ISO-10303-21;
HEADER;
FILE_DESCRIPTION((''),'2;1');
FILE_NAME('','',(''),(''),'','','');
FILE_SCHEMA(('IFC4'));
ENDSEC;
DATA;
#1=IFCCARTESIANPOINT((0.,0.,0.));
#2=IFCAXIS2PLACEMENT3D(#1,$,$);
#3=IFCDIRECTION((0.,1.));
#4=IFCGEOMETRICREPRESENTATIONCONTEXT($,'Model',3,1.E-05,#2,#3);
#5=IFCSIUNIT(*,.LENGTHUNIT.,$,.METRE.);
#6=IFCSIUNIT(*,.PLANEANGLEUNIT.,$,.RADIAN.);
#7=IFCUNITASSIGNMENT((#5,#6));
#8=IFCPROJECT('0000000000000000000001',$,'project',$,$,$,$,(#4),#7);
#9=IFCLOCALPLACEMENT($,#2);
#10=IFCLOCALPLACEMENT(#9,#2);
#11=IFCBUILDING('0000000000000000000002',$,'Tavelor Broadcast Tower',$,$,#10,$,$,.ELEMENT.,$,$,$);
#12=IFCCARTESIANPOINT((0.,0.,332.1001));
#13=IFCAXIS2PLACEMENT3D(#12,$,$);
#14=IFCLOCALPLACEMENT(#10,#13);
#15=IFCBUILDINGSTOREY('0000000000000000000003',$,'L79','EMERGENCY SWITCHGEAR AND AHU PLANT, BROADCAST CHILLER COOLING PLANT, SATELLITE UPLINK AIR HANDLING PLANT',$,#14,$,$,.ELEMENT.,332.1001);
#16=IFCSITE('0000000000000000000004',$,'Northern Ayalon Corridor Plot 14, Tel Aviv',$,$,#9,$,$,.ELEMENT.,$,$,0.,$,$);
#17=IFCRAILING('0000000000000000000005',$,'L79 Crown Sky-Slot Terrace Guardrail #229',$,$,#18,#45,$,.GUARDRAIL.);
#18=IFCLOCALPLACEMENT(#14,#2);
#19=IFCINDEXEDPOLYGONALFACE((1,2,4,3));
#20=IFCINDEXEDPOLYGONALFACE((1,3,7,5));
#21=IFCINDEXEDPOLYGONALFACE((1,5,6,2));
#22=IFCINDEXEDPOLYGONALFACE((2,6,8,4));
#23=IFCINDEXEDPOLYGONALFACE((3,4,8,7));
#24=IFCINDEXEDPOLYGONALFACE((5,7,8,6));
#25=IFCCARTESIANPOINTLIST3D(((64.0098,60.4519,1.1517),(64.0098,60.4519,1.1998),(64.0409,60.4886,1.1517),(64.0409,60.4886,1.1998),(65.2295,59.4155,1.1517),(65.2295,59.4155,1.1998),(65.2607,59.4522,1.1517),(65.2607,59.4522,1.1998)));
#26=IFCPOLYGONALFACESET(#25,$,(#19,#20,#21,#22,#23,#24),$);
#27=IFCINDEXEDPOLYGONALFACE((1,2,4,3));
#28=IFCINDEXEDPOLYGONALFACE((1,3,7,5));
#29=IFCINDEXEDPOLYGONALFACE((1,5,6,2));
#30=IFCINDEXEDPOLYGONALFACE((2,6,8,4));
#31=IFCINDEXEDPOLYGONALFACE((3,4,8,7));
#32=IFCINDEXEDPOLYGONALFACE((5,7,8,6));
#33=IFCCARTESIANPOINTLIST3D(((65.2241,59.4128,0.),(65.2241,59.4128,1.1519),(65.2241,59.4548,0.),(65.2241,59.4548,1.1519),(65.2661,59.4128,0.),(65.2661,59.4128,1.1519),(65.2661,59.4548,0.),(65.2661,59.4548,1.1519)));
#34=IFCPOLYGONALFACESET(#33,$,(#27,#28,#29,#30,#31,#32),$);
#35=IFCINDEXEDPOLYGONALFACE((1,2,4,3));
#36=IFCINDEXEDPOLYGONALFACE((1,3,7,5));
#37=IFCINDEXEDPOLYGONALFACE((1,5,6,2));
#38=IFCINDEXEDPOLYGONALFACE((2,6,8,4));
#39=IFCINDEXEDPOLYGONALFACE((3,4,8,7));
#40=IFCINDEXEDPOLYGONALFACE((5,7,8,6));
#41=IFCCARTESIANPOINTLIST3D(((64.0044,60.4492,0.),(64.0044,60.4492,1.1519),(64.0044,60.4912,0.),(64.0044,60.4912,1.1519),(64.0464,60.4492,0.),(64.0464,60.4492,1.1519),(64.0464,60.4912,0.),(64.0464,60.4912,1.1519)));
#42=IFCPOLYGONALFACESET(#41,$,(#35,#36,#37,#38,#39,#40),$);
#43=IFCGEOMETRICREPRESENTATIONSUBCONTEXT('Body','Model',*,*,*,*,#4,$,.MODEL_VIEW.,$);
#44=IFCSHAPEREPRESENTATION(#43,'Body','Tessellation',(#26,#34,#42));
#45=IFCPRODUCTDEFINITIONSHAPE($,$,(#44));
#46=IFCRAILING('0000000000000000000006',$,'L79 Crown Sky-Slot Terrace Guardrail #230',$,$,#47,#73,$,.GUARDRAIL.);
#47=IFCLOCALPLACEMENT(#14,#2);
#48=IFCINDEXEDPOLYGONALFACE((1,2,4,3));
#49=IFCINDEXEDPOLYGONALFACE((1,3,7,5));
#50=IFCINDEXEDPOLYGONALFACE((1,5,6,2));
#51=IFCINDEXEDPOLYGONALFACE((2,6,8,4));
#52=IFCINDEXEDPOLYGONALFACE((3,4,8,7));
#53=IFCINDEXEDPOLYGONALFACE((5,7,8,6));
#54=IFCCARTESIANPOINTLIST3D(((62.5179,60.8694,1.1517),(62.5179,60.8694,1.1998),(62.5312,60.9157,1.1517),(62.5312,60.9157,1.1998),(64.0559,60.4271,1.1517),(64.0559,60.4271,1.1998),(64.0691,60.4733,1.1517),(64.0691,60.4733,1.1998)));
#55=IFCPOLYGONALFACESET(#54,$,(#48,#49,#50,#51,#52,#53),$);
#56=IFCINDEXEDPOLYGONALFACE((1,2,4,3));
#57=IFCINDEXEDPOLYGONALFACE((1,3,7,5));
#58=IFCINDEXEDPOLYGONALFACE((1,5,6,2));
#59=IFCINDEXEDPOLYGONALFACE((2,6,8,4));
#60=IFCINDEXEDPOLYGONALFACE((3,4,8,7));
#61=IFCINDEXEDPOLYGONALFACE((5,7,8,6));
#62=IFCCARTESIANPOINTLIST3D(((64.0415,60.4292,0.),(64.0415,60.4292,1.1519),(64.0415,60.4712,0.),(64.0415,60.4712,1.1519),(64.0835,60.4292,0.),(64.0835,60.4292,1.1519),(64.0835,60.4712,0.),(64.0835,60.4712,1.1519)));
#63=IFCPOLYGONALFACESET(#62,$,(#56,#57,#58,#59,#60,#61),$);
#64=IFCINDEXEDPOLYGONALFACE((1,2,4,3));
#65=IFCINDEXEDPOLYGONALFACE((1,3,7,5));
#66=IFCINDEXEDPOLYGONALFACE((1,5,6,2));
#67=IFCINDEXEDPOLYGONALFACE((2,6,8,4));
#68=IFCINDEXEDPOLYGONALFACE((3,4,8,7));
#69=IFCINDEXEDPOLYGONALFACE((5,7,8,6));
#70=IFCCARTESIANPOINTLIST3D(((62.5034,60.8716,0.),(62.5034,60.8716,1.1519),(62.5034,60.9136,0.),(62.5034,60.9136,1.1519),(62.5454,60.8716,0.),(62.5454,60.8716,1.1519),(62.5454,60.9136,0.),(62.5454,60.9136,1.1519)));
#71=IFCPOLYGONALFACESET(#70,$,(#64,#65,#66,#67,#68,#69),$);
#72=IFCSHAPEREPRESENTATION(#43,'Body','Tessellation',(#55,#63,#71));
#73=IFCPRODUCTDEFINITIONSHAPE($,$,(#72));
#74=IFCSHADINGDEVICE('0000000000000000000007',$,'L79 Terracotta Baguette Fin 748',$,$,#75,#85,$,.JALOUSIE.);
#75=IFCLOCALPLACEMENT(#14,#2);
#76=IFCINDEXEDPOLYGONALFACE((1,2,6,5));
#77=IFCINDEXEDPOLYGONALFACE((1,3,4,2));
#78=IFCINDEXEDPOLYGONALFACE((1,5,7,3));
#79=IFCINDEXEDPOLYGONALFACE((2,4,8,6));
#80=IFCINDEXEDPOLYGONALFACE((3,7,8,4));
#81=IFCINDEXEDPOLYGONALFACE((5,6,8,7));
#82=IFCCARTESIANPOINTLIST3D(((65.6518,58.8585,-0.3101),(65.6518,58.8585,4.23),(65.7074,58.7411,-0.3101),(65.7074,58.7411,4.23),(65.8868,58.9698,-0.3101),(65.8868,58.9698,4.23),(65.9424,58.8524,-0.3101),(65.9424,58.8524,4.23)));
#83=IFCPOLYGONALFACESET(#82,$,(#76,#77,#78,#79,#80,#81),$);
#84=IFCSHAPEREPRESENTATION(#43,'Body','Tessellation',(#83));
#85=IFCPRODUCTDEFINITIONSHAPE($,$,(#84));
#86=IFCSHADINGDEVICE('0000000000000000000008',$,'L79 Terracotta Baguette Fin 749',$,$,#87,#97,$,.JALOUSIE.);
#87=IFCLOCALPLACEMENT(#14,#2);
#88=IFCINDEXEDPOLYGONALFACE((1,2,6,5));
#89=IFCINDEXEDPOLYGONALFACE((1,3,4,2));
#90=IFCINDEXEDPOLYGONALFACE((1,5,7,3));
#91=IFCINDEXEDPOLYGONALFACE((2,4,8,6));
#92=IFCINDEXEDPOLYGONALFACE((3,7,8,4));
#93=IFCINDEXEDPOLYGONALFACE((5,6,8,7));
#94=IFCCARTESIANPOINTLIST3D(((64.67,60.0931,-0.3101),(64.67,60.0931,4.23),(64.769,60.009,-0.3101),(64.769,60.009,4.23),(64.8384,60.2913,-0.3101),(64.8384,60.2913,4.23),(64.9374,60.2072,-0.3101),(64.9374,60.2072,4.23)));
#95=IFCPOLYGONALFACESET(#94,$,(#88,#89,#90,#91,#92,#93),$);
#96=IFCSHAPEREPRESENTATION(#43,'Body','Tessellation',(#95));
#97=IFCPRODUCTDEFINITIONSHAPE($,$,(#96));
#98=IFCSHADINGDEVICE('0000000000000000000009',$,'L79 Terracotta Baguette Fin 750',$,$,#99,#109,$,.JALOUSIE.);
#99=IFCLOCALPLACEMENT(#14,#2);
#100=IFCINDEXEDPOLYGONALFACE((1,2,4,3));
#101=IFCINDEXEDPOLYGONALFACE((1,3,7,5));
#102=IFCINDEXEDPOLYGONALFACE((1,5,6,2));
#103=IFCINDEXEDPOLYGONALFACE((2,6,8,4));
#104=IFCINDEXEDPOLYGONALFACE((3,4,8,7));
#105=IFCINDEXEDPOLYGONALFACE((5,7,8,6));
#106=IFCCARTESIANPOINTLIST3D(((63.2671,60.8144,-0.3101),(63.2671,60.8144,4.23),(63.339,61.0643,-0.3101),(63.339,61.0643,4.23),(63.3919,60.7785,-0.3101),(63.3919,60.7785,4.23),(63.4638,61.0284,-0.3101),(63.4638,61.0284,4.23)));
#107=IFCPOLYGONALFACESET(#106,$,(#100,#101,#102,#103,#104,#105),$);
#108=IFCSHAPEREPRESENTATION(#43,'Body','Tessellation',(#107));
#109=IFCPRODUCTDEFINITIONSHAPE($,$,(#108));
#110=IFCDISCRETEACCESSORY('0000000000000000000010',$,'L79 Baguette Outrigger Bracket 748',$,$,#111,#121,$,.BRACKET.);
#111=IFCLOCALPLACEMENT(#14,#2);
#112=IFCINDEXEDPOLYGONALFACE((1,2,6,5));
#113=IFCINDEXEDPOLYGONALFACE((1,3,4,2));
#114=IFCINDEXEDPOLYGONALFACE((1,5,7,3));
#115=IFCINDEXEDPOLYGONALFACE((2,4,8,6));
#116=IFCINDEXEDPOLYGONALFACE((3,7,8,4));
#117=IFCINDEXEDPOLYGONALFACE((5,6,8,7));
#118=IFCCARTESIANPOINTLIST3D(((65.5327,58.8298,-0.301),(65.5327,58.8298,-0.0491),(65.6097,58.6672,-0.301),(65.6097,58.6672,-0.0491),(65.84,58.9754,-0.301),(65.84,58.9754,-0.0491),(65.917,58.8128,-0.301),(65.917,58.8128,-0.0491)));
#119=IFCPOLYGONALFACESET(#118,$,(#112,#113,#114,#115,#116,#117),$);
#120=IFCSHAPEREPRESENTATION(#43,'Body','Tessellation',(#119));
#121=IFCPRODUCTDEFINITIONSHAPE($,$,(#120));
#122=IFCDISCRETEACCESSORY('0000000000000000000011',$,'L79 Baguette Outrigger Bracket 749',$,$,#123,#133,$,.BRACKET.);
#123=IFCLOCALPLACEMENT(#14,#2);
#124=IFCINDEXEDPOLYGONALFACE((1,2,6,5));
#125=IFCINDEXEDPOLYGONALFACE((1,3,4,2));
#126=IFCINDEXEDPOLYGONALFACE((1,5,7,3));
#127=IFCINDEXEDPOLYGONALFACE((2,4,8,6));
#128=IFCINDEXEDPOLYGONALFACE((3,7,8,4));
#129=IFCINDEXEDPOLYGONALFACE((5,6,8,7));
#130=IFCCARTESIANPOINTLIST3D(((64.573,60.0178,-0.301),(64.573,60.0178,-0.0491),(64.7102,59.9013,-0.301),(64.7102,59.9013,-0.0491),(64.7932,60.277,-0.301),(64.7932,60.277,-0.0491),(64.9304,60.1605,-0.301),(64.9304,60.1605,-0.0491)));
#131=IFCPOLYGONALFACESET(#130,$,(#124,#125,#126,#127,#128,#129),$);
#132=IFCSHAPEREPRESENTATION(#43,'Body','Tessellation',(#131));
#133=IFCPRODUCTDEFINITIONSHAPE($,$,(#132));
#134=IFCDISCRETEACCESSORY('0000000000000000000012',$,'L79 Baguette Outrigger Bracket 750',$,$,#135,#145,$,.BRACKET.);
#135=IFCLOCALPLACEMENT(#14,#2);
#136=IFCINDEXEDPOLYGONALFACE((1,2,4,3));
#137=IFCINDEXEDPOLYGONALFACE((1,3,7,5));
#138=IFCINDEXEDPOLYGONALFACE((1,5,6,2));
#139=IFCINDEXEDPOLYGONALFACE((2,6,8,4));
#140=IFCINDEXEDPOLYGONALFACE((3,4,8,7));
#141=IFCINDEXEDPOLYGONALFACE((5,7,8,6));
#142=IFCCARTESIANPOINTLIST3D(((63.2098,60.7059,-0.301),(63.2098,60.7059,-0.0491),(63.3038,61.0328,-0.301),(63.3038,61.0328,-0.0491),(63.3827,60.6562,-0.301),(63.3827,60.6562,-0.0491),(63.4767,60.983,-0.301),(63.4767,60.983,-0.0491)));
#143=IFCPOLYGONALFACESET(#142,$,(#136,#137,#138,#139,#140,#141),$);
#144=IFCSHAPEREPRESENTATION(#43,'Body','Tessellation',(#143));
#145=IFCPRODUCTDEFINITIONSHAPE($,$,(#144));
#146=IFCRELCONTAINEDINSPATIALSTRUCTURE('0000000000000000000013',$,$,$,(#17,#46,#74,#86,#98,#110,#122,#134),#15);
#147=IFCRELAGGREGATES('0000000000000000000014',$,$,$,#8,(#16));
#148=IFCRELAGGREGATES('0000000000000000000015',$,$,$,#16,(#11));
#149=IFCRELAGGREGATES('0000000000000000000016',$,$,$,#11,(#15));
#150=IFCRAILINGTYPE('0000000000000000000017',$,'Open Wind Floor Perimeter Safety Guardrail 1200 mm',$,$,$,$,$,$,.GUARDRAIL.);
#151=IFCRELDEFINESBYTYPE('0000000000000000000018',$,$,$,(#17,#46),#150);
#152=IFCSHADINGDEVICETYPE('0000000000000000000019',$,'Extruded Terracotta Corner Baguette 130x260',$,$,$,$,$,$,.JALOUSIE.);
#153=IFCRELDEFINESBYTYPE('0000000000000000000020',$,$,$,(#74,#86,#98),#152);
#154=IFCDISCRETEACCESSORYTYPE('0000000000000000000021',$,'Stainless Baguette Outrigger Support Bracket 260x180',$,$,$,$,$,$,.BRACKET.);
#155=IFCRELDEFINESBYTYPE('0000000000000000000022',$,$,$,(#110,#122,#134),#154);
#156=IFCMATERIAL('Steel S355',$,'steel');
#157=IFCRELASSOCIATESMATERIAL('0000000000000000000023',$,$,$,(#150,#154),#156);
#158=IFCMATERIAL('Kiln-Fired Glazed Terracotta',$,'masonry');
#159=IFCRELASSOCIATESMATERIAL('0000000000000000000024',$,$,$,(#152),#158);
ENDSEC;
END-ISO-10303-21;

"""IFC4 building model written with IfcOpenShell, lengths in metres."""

from ifc_helpers import new_model, si_unit, direction, frame, origin, origin_2d, place, context, subcontext, project, spatial, rectangle, extrude, source, transform, mapped, material, type_object, type_shapes, element, save


model = new_model("IFC4")

# Units and contexts
model_context = context("Model", 3, precision=1e-05, world=origin(), true_north=direction((0.0, 1.0)))
body_context = subcontext(model_context, "Body", "Model", "MODEL_VIEW")
ifc_project = project(units=[si_unit("LENGTHUNIT", "METRE"), si_unit("PLANEANGLEUNIT", "RADIAN")], contexts=[model_context])

# Site, building, storey
site_placement = place(None, origin())
site = spatial("IfcSite", under=ifc_project, at=site_placement, Name="Northern Ayalon Corridor Plot 14, Tel Aviv", CompositionType="ELEMENT", RefElevation=0.0)
building_placement = place(site_placement, origin())
building = spatial("IfcBuilding", under=site, at=building_placement, Name="Tavelor Broadcast Tower", CompositionType="ELEMENT")
storey_placement = place(building_placement, frame((0.0, 0.0, 332.1001)))
storey = spatial("IfcBuildingStorey", under=building, at=storey_placement, Name="L79", Description="EMERGENCY SWITCHGEAR AND AHU PLANT, BROADCAST CHILLER COOLING PLANT, SATELLITE UPLINK AIR HANDLING PLANT", CompositionType="ELEMENT", Elevation=332.1001)

# Railings
ifc_material_1 = material(Name="Steel S355", Category="steel")
railing_type = type_object("IfcRailingType", Name="Open Wind Floor Perimeter Safety Guardrail 1200 mm", PredefinedType="GUARDRAIL", material=ifc_material_1)
railing_1_placement = place(storey_placement, frame((65.2451, 59.4338, 0.0)))
element("IfcRailing", 1, at=railing_1_placement, inside=storey, type_object=railing_type, Name="L79 Crown Sky-Slot Terrace Guardrail #229", PredefinedType="GUARDRAIL", context=body_context, shape_type="SweptSolid", body=[
    extrude(rectangle(XDim=0.0481, YDim=0.0481, at=origin_2d()), frame((0.0, 0.0, 1.1758), z_axis=(-0.76206, 0.647507, 0.0), x_axis=(-0.647507, -0.76206, 0.0)), (0.0, 0.0, 1.0), 1.6006),
    extrude(rectangle(XDim=0.042, YDim=0.042, at=origin_2d()), origin(), (0.0, 0.0, 1.0), 1.1519),
    extrude(rectangle(XDim=0.042, YDim=0.042, at=origin_2d()), frame((-1.2197, 1.0364, 0.0)), (0.0, 0.0, 1.0), 1.1519),
])
railing_2_placement = place(storey_placement, frame((64.0625, 60.4502, 0.0)))
element("IfcRailing", 2, at=railing_2_placement, inside=storey, type_object=railing_type, Name="L79 Crown Sky-Slot Terrace Guardrail #230", PredefinedType="GUARDRAIL", context=body_context, shape_type="SweptSolid", body=[
    extrude(rectangle(XDim=0.0481, YDim=0.0481, at=origin_2d()), frame((0.0, 0.0, 1.1758), z_axis=(-0.961039, 0.276413, 0.0), x_axis=(-0.276413, -0.961039, 0.0)), (0.0, 0.0, 1.0), 1.6003),
    extrude(rectangle(XDim=0.042, YDim=0.042, at=origin_2d()), origin(), (0.0, 0.0, 1.0), 1.1519),
    extrude(rectangle(XDim=0.042, YDim=0.042, at=origin_2d()), frame((-1.5381, 0.4424, 0.0)), (0.0, 0.0, 1.0), 1.1519),
])

# Shading devices
ifc_material_2 = material(Name="Kiln-Fired Glazed Terracotta", Category="masonry")
shading_device_type = type_object("IfcShadingDeviceType", Name="Extruded Terracotta Corner Baguette 130x260", PredefinedType="JALOUSIE", material=ifc_material_2)
shared_shape_1 = source(origin(), body_context, "Body", "SweptSolid", [
    extrude(rectangle(XDim=0.1299, YDim=0.26, at=origin_2d()), origin(), (0.0, 0.0, 1.0), 4.54),
])
type_shapes(shading_device_type, [shared_shape_1])
for number, where, z_axis, x_axis, name in (
    (3, (65.7971, 58.8555, -0.3101), (0.0, 0.0, 1.0), (-0.428147, 0.903709, 0.0), "L79 Terracotta Baguette Fin 748"),
    (4, (64.8037, 60.1501, -0.3101), (0.0, 0.0, 1.0), (-0.762104, 0.647455, 0.0), "L79 Terracotta Baguette Fin 749"),
    (5, (63.3655, 60.9214, -0.3101), (0.0, 0.0, 1.0), (-0.961021, 0.276476, 0.0), "L79 Terracotta Baguette Fin 750"),
):
    element("IfcShadingDevice", number, at=place(storey_placement, frame(where, z_axis=z_axis, x_axis=x_axis)), inside=storey, type_object=shading_device_type, Name=name, PredefinedType="JALOUSIE", context=body_context, shape_type="MappedRepresentation", body=[
        mapped(shared_shape_1, transform((0.0, 0.0, 0.0), scale=1.0)),
    ])

# Discrete accessories
discrete_accessory_type = type_object("IfcDiscreteAccessoryType", Name="Stainless Baguette Outrigger Support Bracket 260x180", PredefinedType="BRACKET", material=ifc_material_1)
shared_shape_2 = source(origin(), body_context, "Body", "SweptSolid", [
    extrude(rectangle(XDim=0.1799, YDim=0.3401, at=origin_2d()), origin(), (0.0, 0.0, 1.0), 0.252),
])
type_shapes(discrete_accessory_type, [shared_shape_2])
for number, where, z_axis, x_axis, name in (
    (6, (65.7249, 58.8213, -0.301), (0.0, 0.0, 1.0), (-0.428147, 0.903709, 0.0), "L79 Baguette Outrigger Bracket 748"),
    (7, (64.7517, 60.0891, -0.301), (0.0, 0.0, 1.0), (-0.762104, 0.647455, 0.0), "L79 Baguette Outrigger Bracket 749"),
    (8, (63.3433, 60.8445, -0.301), (0.0, 0.0, 1.0), (-0.961021, 0.276476, 0.0), "L79 Baguette Outrigger Bracket 750"),
):
    element("IfcDiscreteAccessory", number, at=place(storey_placement, frame(where, z_axis=z_axis, x_axis=x_axis)), inside=storey, type_object=discrete_accessory_type, Name=name, PredefinedType="BRACKET", context=body_context, shape_type="MappedRepresentation", body=[
        mapped(shared_shape_2, transform((0.0, 0.0, 0.0), scale=1.0)),
    ])

save(model, "model.ifc")
